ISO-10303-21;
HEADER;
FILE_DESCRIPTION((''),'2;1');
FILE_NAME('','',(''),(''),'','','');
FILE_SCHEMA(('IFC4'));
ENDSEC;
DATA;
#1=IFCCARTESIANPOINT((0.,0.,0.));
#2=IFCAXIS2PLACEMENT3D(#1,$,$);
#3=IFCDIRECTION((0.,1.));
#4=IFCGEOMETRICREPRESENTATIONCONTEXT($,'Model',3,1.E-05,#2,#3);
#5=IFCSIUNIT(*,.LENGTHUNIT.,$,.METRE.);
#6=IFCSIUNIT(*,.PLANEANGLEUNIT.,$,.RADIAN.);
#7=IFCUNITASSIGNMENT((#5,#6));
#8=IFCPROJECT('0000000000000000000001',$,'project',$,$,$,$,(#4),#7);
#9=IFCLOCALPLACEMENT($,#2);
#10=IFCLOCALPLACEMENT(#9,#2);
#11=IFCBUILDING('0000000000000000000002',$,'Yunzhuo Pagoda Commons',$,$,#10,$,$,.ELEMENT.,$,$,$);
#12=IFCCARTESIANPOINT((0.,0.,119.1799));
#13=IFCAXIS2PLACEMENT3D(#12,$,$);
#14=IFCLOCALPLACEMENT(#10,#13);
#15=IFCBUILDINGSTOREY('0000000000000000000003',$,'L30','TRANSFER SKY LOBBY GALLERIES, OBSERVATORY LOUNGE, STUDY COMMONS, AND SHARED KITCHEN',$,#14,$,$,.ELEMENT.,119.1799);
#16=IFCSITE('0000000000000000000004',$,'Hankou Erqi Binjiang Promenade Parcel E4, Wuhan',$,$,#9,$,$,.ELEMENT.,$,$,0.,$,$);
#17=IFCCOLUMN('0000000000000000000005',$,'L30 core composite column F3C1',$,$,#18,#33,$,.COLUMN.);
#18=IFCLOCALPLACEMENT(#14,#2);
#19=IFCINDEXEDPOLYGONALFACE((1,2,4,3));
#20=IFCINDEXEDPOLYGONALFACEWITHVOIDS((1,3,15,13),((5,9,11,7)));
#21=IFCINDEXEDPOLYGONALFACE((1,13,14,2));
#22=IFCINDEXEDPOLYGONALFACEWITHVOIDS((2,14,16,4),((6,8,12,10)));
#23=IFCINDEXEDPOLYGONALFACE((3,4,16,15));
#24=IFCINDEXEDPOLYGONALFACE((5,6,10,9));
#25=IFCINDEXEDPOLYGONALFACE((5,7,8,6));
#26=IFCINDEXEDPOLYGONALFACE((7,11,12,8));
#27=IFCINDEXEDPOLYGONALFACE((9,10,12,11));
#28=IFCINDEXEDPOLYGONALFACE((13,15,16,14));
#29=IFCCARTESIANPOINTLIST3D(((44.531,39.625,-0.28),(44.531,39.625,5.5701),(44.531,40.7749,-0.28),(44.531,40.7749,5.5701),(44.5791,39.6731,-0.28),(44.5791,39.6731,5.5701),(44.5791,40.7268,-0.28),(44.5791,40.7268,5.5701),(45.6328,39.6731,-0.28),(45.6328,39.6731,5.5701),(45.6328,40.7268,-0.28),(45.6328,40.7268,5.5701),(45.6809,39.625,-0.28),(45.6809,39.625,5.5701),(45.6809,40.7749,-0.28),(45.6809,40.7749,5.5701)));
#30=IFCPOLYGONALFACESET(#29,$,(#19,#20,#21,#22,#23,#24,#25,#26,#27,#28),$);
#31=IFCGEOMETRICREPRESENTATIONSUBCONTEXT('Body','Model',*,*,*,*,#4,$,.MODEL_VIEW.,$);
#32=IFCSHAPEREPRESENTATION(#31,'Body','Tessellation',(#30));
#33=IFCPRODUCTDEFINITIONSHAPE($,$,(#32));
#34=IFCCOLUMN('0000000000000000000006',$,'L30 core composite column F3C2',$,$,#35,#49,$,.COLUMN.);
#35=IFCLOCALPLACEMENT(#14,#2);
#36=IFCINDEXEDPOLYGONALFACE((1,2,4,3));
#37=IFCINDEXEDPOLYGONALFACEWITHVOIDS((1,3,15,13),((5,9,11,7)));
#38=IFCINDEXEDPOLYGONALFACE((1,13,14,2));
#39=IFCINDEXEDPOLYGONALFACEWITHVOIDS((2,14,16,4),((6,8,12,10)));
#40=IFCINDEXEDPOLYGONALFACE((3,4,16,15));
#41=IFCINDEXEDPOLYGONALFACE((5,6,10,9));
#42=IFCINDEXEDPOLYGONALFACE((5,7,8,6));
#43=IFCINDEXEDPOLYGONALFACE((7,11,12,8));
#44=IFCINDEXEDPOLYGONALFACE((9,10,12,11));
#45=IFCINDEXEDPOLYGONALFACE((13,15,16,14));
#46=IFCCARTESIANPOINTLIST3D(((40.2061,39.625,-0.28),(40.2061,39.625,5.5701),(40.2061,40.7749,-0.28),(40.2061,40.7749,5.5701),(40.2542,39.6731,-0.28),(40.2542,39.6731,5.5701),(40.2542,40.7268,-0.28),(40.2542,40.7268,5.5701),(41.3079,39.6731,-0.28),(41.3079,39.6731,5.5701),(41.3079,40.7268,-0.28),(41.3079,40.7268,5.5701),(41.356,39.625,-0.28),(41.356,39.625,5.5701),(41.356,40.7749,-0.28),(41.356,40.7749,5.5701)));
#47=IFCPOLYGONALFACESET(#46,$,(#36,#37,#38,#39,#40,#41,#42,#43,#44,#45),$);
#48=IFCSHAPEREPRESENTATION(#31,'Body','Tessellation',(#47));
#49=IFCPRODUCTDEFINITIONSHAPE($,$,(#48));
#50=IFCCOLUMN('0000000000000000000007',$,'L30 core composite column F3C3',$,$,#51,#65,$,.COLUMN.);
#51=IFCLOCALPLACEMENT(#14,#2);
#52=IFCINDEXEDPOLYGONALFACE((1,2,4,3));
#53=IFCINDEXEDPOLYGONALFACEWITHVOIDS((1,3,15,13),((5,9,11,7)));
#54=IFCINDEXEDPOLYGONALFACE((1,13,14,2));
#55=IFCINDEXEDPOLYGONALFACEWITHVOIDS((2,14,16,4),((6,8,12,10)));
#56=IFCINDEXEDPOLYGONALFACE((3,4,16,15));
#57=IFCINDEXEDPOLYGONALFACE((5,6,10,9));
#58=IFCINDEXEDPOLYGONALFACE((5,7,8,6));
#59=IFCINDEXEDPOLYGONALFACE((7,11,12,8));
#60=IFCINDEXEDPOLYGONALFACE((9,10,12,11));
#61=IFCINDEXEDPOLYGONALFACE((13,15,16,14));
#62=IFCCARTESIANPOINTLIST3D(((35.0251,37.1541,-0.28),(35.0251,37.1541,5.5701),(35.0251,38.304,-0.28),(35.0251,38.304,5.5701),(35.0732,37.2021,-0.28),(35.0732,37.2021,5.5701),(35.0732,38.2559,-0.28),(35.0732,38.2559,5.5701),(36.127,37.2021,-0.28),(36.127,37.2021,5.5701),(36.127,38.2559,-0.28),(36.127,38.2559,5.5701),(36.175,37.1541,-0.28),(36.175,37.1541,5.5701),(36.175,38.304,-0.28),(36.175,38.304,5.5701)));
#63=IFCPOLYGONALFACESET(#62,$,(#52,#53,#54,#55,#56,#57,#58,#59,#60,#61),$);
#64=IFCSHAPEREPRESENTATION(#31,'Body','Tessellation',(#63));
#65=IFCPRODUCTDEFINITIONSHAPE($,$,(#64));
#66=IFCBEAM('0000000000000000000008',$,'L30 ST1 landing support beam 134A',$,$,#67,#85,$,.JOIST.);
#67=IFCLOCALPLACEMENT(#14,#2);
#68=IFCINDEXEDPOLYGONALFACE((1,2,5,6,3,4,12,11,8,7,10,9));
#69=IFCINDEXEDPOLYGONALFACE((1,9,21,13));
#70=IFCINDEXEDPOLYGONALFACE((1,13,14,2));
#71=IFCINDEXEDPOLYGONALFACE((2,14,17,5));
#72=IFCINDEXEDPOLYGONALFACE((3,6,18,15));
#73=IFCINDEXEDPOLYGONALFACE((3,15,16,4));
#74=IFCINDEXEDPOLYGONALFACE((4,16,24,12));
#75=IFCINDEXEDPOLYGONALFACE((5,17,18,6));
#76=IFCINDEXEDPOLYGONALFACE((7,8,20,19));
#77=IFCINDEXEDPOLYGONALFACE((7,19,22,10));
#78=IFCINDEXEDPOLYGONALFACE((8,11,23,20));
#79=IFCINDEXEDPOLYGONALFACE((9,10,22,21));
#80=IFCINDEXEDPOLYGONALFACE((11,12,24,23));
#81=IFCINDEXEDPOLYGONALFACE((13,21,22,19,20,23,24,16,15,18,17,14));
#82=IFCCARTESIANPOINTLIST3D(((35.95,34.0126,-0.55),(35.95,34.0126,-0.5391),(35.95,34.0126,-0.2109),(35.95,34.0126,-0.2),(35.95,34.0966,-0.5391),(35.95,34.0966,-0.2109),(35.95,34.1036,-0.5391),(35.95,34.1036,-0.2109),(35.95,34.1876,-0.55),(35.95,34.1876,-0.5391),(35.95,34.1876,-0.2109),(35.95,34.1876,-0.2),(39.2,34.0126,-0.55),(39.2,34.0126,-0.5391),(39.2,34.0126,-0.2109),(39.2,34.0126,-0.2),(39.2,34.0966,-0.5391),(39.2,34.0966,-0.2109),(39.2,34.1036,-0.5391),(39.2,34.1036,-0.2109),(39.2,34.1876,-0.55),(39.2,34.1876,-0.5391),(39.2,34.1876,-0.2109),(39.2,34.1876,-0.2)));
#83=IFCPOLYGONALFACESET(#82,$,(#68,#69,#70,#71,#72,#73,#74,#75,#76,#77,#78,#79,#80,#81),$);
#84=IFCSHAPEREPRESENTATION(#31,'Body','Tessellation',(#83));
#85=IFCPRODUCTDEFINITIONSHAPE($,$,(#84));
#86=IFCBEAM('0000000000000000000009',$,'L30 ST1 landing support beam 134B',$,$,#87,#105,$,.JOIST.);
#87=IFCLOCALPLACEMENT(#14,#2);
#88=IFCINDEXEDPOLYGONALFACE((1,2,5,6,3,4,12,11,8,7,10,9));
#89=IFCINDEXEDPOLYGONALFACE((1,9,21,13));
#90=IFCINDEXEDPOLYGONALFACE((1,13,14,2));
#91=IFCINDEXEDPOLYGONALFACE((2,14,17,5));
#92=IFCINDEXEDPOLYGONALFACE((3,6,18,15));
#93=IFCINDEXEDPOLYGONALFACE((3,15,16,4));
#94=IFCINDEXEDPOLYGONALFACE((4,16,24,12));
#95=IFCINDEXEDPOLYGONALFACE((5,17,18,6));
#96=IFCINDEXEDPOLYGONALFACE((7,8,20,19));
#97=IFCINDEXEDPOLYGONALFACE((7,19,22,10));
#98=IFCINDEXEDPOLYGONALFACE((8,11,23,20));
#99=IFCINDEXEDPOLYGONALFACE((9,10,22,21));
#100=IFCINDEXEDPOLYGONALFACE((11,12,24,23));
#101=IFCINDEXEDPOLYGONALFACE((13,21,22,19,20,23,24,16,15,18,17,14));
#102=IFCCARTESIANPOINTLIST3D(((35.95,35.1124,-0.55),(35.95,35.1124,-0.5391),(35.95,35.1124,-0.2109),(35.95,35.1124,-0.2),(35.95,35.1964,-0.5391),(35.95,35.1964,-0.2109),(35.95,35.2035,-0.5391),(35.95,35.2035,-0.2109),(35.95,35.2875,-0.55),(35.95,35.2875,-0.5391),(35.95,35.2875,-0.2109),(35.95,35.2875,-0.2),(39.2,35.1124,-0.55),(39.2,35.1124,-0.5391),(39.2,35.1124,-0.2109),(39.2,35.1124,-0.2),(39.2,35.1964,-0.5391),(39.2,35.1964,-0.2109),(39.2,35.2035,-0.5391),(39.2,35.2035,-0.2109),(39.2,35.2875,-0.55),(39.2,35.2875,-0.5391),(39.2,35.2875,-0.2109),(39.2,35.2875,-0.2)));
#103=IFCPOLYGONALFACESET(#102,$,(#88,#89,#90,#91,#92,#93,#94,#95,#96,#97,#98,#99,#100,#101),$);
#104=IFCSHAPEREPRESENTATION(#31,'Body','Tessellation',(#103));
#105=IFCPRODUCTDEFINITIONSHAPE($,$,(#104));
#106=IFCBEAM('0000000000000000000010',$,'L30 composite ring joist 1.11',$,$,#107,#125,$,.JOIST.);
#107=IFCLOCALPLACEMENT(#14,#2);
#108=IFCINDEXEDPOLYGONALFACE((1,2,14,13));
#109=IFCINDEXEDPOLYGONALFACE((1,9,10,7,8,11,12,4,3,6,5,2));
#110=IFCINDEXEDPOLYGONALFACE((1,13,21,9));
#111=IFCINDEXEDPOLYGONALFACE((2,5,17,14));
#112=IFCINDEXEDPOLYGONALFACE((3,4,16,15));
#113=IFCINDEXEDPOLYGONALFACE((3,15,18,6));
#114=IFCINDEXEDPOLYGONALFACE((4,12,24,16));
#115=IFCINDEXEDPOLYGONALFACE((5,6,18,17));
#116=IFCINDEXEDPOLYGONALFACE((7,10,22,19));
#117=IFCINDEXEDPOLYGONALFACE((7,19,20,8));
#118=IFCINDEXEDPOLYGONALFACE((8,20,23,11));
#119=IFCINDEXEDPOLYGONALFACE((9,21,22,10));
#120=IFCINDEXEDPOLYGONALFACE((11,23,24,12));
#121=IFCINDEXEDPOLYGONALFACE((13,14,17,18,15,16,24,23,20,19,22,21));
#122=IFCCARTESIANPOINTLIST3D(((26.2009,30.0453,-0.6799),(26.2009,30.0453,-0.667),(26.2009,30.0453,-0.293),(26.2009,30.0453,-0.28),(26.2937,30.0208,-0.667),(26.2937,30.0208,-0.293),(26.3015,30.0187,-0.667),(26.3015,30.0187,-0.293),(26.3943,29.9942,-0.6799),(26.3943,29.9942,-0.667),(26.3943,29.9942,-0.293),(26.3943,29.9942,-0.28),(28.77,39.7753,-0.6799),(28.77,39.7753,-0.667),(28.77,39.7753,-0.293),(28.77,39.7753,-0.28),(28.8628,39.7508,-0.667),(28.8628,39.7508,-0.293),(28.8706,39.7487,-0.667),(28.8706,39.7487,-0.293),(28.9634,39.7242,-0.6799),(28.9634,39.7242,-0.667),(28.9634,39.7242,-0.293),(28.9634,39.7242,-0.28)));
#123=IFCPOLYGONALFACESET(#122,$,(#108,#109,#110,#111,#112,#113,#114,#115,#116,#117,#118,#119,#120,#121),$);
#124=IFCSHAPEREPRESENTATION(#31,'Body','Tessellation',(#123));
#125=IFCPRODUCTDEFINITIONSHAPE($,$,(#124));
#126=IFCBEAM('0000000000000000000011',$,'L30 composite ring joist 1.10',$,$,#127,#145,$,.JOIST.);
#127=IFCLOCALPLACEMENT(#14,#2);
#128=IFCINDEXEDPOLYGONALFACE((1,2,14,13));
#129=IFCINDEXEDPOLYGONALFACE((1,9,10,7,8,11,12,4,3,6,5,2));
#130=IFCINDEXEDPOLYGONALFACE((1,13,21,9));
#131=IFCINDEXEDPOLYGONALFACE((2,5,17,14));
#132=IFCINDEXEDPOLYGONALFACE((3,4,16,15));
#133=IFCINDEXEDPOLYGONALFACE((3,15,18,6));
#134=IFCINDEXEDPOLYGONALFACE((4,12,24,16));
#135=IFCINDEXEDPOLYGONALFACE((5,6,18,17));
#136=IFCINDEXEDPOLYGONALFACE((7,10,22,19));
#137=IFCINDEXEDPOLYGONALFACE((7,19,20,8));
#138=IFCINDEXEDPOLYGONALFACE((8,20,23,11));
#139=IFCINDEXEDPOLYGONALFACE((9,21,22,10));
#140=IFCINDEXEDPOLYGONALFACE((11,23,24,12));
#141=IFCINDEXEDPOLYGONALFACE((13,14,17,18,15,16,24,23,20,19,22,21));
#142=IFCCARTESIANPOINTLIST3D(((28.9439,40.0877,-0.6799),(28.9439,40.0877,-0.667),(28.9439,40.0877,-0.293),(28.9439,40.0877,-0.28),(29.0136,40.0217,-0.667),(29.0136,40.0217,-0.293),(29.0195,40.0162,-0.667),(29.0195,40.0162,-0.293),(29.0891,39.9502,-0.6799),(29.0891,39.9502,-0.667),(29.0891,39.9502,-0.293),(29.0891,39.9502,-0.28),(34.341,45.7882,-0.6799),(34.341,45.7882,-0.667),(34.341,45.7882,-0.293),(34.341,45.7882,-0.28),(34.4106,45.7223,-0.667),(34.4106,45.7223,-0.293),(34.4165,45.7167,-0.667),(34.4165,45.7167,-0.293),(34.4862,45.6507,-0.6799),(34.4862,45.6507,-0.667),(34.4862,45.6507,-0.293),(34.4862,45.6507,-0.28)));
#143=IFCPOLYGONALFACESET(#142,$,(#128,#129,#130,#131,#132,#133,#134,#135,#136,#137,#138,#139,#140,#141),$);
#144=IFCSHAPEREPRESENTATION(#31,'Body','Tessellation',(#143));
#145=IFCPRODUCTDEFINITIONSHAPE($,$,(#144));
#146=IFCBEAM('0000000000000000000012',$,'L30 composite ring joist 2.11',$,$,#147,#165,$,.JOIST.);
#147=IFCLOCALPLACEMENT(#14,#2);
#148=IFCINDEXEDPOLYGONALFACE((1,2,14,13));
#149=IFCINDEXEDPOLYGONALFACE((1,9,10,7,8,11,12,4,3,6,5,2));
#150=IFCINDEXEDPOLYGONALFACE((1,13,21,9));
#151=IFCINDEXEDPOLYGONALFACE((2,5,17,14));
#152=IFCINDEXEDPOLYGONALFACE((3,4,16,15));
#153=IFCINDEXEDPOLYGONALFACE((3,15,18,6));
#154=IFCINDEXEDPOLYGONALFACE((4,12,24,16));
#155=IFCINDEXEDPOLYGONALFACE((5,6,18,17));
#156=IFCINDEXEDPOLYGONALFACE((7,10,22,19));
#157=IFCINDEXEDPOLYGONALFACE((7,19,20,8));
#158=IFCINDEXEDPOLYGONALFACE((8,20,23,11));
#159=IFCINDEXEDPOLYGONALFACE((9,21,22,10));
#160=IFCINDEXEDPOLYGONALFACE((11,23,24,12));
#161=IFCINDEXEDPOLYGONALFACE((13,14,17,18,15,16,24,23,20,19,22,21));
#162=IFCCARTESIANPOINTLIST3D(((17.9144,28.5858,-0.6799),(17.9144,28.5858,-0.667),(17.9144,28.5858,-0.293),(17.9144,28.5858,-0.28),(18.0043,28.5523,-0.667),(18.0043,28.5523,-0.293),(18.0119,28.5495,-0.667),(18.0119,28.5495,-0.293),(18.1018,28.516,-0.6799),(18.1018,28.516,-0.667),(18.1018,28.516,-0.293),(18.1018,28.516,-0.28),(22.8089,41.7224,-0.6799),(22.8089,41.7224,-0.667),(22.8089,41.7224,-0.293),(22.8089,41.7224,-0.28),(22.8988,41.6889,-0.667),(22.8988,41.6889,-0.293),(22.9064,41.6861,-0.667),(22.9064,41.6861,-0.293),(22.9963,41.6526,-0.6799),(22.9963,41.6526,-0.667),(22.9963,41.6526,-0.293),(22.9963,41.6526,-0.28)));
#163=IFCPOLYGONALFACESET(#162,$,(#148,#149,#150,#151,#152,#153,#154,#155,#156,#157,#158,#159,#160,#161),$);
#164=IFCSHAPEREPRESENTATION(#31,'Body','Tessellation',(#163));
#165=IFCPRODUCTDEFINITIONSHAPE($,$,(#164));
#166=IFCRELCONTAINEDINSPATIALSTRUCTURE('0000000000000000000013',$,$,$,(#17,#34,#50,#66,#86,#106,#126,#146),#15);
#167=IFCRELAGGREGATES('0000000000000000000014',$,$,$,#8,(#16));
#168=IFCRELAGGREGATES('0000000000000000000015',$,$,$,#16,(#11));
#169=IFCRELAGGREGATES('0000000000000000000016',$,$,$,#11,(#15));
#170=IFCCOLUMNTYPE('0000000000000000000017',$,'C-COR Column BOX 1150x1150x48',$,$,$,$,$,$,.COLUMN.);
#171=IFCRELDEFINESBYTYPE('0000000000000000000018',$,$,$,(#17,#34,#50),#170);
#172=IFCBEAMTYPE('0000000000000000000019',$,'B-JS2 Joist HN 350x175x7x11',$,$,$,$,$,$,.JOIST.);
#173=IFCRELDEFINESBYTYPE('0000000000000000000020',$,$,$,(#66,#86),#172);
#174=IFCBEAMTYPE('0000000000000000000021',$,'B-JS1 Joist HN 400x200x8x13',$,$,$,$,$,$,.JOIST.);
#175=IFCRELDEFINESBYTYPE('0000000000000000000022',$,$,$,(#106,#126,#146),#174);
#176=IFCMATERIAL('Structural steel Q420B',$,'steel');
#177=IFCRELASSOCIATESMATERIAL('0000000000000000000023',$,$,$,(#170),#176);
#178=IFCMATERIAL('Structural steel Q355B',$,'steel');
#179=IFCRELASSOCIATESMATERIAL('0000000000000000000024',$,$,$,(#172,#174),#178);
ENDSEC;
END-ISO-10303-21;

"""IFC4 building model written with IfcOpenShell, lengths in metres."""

from ifc_helpers import new_model, si_unit, direction, frame, origin, origin_2d, place, context, subcontext, project, spatial, hollow_rectangle, i_section, extrude, source, transform, mapped, material, material_profile, profile_set, type_object, element, save


model = new_model("IFC4")

# Units and contexts
model_context = context("Model", 3, precision=1e-05, world=origin(), true_north=direction((0.0, 1.0)))
body_context = subcontext(model_context, "Body", "Model", "MODEL_VIEW")
ifc_project = project(units=[si_unit("LENGTHUNIT", "METRE"), si_unit("PLANEANGLEUNIT", "RADIAN")], contexts=[model_context])

# Site, building, storey
site_placement = place(None, origin())
site = spatial("IfcSite", under=ifc_project, at=site_placement, Name="Hankou Erqi Binjiang Promenade Parcel E4, Wuhan", CompositionType="ELEMENT", RefElevation=0.0)
building_placement = place(site_placement, origin())
building = spatial("IfcBuilding", under=site, at=building_placement, Name="Yunzhuo Pagoda Commons", CompositionType="ELEMENT")
storey_placement = place(building_placement, frame((0.0, 0.0, 119.1799)))
storey = spatial("IfcBuildingStorey", under=building, at=storey_placement, Name="L30", Description="TRANSFER SKY LOBBY GALLERIES, OBSERVATORY LOUNGE, STUDY COMMONS, AND SHARED KITCHEN", CompositionType="ELEMENT", Elevation=119.1799)

# Columns
ifc_material_1 = material(Name="Structural steel Q420B", Category="steel")
ifc_material_profile_1 = material_profile(ifc_material_1, hollow_rectangle(XDim=1.1499, YDim=1.1499, WallThickness=0.0481, at=origin_2d()), Name="Structural steel Q420B")
ifc_profile_set_1 = profile_set([ifc_material_profile_1], Name="Structural steel Q420B")
column_type = type_object("IfcColumnType", Name="C-COR Column BOX 1150x1150x48", PredefinedType="COLUMN", material=ifc_profile_set_1)
shared_shape_1 = source(origin(), body_context, "Body", "SweptSolid", [
    extrude(hollow_rectangle(XDim=1.1499, YDim=1.1499, WallThickness=0.0481, at=origin_2d()), origin(), (0.0, 0.0, 1.0), 5.8501),
])
for number, where, z_axis, x_axis, name in (
    (1, (45.106, 40.2, -0.28), (0.0, 0.0, 1.0), (1.0, 0.0, 0.0), "L30 core composite column F3C1"),
    (2, (40.781, 40.2, -0.28), (0.0, 0.0, 1.0), (1.0, 0.0, 0.0), "L30 core composite column F3C2"),
    (3, (35.6001, 37.729, -0.28), (0.0, 0.0, 1.0), (1.0, 0.0, 0.0), "L30 core composite column F3C3"),
):
    element("IfcColumn", number, at=place(storey_placement, frame(where, z_axis=z_axis, x_axis=x_axis)), inside=storey, type_object=column_type, Name=name, PredefinedType="COLUMN", context=body_context, shape_type="MappedRepresentation", body=[
        mapped(shared_shape_1, transform((0.0, 0.0, 0.0), scale=1.0)),
    ])

# Beams
ifc_material_2 = material(Name="Structural steel Q355B", Category="steel")
ifc_material_profile_2 = material_profile(ifc_material_2, i_section(OverallWidth=0.175, OverallDepth=0.3501, WebThickness=0.0071, FlangeThickness=0.011, at=origin_2d()), Name="Structural steel Q355B")
ifc_profile_set_2 = profile_set([ifc_material_profile_2], Name="Structural steel Q355B")
beam_type_1 = type_object("IfcBeamType", Name="B-JS2 Joist HN 350x175x7x11", PredefinedType="JOIST", material=ifc_profile_set_2)
shared_shape_2 = source(origin(), body_context, "Body", "SweptSolid", [
    extrude(i_section(OverallWidth=0.175, OverallDepth=0.3501, WebThickness=0.0071, FlangeThickness=0.011, at=origin_2d()), origin(), (0.0, 0.0, 1.0), 3.25),
])
for number, where, z_axis, x_axis, name in (
    (4, (35.95, 34.1001, -0.375), (1.0, 0.0, 0.0), (0.0, 1.0, 0.0), "L30 ST1 landing support beam 134A"),
    (5, (35.95, 35.2, -0.375), (1.0, 0.0, 0.0), (0.0, 1.0, 0.0), "L30 ST1 landing support beam 134B"),
):
    element("IfcBeam", number, at=place(storey_placement, frame(where, z_axis=z_axis, x_axis=x_axis)), inside=storey, type_object=beam_type_1, Name=name, PredefinedType="JOIST", context=body_context, shape_type="MappedRepresentation", body=[
        mapped(shared_shape_2, transform((0.0, 0.0, 0.0), scale=1.0)),
    ])
ifc_material_profile_3 = material_profile(ifc_material_2, i_section(OverallWidth=0.2, OverallDepth=0.3999, WebThickness=0.0081, FlangeThickness=0.0129, at=origin_2d()), Name="Structural steel Q355B")
ifc_profile_set_3 = profile_set([ifc_material_profile_3], Name="Structural steel Q355B")
beam_type_2 = type_object("IfcBeamType", Name="B-JS1 Joist HN 400x200x8x13", PredefinedType="JOIST", material=ifc_profile_set_3)
shared_shape_3 = source(origin(), body_context, "Body", "SweptSolid", [
    extrude(i_section(OverallWidth=0.2, OverallDepth=0.3999, WebThickness=0.0081, FlangeThickness=0.0129, at=origin_2d()), origin(), (0.0, 0.0, 1.0), 10.0635),
])
beam_1_placement = place(storey_placement, frame((28.8667, 39.7498, -0.48), z_axis=(-0.25529, -0.966865, 0.0), x_axis=(0.966865, -0.25529, 0.0)))
element("IfcBeam", 6, at=beam_1_placement, inside=storey, type_object=beam_type_2, Name="L30 composite ring joist 1.11", PredefinedType="JOIST", context=body_context, shape_type="MappedRepresentation", body=[
    mapped(shared_shape_3, transform((0.0, 0.0, 0.0), scale=1.0)),
])
shared_shape_4 = source(origin(), body_context, "Body", "SweptSolid", [
    extrude(i_section(OverallWidth=0.2, OverallDepth=0.3999, WebThickness=0.0081, FlangeThickness=0.0129, at=origin_2d()), origin(), (0.0, 0.0, 1.0), 7.8501),
])
beam_2_placement = place(storey_placement, frame((34.4136, 45.7195, -0.48), z_axis=(-0.687513, -0.726172, 0.0), x_axis=(0.726172, -0.687513, 0.0)))
element("IfcBeam", 7, at=beam_2_placement, inside=storey, type_object=beam_type_2, Name="L30 composite ring joist 1.10", PredefinedType="JOIST", context=body_context, shape_type="MappedRepresentation", body=[
    mapped(shared_shape_4, transform((0.0, 0.0, 0.0), scale=1.0)),
])
shared_shape_5 = source(origin(), body_context, "Body", "SweptSolid", [
    extrude(i_section(OverallWidth=0.2, OverallDepth=0.3999, WebThickness=0.0081, FlangeThickness=0.0129, at=origin_2d()), origin(), (0.0, 0.0, 1.0), 14.0188),
])
beam_3_placement = place(storey_placement, frame((22.9026, 41.6875, -0.48), z_axis=(-0.349138, -0.937071, 0.0), x_axis=(0.937071, -0.349138, 0.0)))
element("IfcBeam", 8, at=beam_3_placement, inside=storey, type_object=beam_type_2, Name="L30 composite ring joist 2.11", PredefinedType="JOIST", context=body_context, shape_type="MappedRepresentation", body=[
    mapped(shared_shape_5, transform((0.0, 0.0, 0.0), scale=1.0)),
])

save(model, "model.ifc")
